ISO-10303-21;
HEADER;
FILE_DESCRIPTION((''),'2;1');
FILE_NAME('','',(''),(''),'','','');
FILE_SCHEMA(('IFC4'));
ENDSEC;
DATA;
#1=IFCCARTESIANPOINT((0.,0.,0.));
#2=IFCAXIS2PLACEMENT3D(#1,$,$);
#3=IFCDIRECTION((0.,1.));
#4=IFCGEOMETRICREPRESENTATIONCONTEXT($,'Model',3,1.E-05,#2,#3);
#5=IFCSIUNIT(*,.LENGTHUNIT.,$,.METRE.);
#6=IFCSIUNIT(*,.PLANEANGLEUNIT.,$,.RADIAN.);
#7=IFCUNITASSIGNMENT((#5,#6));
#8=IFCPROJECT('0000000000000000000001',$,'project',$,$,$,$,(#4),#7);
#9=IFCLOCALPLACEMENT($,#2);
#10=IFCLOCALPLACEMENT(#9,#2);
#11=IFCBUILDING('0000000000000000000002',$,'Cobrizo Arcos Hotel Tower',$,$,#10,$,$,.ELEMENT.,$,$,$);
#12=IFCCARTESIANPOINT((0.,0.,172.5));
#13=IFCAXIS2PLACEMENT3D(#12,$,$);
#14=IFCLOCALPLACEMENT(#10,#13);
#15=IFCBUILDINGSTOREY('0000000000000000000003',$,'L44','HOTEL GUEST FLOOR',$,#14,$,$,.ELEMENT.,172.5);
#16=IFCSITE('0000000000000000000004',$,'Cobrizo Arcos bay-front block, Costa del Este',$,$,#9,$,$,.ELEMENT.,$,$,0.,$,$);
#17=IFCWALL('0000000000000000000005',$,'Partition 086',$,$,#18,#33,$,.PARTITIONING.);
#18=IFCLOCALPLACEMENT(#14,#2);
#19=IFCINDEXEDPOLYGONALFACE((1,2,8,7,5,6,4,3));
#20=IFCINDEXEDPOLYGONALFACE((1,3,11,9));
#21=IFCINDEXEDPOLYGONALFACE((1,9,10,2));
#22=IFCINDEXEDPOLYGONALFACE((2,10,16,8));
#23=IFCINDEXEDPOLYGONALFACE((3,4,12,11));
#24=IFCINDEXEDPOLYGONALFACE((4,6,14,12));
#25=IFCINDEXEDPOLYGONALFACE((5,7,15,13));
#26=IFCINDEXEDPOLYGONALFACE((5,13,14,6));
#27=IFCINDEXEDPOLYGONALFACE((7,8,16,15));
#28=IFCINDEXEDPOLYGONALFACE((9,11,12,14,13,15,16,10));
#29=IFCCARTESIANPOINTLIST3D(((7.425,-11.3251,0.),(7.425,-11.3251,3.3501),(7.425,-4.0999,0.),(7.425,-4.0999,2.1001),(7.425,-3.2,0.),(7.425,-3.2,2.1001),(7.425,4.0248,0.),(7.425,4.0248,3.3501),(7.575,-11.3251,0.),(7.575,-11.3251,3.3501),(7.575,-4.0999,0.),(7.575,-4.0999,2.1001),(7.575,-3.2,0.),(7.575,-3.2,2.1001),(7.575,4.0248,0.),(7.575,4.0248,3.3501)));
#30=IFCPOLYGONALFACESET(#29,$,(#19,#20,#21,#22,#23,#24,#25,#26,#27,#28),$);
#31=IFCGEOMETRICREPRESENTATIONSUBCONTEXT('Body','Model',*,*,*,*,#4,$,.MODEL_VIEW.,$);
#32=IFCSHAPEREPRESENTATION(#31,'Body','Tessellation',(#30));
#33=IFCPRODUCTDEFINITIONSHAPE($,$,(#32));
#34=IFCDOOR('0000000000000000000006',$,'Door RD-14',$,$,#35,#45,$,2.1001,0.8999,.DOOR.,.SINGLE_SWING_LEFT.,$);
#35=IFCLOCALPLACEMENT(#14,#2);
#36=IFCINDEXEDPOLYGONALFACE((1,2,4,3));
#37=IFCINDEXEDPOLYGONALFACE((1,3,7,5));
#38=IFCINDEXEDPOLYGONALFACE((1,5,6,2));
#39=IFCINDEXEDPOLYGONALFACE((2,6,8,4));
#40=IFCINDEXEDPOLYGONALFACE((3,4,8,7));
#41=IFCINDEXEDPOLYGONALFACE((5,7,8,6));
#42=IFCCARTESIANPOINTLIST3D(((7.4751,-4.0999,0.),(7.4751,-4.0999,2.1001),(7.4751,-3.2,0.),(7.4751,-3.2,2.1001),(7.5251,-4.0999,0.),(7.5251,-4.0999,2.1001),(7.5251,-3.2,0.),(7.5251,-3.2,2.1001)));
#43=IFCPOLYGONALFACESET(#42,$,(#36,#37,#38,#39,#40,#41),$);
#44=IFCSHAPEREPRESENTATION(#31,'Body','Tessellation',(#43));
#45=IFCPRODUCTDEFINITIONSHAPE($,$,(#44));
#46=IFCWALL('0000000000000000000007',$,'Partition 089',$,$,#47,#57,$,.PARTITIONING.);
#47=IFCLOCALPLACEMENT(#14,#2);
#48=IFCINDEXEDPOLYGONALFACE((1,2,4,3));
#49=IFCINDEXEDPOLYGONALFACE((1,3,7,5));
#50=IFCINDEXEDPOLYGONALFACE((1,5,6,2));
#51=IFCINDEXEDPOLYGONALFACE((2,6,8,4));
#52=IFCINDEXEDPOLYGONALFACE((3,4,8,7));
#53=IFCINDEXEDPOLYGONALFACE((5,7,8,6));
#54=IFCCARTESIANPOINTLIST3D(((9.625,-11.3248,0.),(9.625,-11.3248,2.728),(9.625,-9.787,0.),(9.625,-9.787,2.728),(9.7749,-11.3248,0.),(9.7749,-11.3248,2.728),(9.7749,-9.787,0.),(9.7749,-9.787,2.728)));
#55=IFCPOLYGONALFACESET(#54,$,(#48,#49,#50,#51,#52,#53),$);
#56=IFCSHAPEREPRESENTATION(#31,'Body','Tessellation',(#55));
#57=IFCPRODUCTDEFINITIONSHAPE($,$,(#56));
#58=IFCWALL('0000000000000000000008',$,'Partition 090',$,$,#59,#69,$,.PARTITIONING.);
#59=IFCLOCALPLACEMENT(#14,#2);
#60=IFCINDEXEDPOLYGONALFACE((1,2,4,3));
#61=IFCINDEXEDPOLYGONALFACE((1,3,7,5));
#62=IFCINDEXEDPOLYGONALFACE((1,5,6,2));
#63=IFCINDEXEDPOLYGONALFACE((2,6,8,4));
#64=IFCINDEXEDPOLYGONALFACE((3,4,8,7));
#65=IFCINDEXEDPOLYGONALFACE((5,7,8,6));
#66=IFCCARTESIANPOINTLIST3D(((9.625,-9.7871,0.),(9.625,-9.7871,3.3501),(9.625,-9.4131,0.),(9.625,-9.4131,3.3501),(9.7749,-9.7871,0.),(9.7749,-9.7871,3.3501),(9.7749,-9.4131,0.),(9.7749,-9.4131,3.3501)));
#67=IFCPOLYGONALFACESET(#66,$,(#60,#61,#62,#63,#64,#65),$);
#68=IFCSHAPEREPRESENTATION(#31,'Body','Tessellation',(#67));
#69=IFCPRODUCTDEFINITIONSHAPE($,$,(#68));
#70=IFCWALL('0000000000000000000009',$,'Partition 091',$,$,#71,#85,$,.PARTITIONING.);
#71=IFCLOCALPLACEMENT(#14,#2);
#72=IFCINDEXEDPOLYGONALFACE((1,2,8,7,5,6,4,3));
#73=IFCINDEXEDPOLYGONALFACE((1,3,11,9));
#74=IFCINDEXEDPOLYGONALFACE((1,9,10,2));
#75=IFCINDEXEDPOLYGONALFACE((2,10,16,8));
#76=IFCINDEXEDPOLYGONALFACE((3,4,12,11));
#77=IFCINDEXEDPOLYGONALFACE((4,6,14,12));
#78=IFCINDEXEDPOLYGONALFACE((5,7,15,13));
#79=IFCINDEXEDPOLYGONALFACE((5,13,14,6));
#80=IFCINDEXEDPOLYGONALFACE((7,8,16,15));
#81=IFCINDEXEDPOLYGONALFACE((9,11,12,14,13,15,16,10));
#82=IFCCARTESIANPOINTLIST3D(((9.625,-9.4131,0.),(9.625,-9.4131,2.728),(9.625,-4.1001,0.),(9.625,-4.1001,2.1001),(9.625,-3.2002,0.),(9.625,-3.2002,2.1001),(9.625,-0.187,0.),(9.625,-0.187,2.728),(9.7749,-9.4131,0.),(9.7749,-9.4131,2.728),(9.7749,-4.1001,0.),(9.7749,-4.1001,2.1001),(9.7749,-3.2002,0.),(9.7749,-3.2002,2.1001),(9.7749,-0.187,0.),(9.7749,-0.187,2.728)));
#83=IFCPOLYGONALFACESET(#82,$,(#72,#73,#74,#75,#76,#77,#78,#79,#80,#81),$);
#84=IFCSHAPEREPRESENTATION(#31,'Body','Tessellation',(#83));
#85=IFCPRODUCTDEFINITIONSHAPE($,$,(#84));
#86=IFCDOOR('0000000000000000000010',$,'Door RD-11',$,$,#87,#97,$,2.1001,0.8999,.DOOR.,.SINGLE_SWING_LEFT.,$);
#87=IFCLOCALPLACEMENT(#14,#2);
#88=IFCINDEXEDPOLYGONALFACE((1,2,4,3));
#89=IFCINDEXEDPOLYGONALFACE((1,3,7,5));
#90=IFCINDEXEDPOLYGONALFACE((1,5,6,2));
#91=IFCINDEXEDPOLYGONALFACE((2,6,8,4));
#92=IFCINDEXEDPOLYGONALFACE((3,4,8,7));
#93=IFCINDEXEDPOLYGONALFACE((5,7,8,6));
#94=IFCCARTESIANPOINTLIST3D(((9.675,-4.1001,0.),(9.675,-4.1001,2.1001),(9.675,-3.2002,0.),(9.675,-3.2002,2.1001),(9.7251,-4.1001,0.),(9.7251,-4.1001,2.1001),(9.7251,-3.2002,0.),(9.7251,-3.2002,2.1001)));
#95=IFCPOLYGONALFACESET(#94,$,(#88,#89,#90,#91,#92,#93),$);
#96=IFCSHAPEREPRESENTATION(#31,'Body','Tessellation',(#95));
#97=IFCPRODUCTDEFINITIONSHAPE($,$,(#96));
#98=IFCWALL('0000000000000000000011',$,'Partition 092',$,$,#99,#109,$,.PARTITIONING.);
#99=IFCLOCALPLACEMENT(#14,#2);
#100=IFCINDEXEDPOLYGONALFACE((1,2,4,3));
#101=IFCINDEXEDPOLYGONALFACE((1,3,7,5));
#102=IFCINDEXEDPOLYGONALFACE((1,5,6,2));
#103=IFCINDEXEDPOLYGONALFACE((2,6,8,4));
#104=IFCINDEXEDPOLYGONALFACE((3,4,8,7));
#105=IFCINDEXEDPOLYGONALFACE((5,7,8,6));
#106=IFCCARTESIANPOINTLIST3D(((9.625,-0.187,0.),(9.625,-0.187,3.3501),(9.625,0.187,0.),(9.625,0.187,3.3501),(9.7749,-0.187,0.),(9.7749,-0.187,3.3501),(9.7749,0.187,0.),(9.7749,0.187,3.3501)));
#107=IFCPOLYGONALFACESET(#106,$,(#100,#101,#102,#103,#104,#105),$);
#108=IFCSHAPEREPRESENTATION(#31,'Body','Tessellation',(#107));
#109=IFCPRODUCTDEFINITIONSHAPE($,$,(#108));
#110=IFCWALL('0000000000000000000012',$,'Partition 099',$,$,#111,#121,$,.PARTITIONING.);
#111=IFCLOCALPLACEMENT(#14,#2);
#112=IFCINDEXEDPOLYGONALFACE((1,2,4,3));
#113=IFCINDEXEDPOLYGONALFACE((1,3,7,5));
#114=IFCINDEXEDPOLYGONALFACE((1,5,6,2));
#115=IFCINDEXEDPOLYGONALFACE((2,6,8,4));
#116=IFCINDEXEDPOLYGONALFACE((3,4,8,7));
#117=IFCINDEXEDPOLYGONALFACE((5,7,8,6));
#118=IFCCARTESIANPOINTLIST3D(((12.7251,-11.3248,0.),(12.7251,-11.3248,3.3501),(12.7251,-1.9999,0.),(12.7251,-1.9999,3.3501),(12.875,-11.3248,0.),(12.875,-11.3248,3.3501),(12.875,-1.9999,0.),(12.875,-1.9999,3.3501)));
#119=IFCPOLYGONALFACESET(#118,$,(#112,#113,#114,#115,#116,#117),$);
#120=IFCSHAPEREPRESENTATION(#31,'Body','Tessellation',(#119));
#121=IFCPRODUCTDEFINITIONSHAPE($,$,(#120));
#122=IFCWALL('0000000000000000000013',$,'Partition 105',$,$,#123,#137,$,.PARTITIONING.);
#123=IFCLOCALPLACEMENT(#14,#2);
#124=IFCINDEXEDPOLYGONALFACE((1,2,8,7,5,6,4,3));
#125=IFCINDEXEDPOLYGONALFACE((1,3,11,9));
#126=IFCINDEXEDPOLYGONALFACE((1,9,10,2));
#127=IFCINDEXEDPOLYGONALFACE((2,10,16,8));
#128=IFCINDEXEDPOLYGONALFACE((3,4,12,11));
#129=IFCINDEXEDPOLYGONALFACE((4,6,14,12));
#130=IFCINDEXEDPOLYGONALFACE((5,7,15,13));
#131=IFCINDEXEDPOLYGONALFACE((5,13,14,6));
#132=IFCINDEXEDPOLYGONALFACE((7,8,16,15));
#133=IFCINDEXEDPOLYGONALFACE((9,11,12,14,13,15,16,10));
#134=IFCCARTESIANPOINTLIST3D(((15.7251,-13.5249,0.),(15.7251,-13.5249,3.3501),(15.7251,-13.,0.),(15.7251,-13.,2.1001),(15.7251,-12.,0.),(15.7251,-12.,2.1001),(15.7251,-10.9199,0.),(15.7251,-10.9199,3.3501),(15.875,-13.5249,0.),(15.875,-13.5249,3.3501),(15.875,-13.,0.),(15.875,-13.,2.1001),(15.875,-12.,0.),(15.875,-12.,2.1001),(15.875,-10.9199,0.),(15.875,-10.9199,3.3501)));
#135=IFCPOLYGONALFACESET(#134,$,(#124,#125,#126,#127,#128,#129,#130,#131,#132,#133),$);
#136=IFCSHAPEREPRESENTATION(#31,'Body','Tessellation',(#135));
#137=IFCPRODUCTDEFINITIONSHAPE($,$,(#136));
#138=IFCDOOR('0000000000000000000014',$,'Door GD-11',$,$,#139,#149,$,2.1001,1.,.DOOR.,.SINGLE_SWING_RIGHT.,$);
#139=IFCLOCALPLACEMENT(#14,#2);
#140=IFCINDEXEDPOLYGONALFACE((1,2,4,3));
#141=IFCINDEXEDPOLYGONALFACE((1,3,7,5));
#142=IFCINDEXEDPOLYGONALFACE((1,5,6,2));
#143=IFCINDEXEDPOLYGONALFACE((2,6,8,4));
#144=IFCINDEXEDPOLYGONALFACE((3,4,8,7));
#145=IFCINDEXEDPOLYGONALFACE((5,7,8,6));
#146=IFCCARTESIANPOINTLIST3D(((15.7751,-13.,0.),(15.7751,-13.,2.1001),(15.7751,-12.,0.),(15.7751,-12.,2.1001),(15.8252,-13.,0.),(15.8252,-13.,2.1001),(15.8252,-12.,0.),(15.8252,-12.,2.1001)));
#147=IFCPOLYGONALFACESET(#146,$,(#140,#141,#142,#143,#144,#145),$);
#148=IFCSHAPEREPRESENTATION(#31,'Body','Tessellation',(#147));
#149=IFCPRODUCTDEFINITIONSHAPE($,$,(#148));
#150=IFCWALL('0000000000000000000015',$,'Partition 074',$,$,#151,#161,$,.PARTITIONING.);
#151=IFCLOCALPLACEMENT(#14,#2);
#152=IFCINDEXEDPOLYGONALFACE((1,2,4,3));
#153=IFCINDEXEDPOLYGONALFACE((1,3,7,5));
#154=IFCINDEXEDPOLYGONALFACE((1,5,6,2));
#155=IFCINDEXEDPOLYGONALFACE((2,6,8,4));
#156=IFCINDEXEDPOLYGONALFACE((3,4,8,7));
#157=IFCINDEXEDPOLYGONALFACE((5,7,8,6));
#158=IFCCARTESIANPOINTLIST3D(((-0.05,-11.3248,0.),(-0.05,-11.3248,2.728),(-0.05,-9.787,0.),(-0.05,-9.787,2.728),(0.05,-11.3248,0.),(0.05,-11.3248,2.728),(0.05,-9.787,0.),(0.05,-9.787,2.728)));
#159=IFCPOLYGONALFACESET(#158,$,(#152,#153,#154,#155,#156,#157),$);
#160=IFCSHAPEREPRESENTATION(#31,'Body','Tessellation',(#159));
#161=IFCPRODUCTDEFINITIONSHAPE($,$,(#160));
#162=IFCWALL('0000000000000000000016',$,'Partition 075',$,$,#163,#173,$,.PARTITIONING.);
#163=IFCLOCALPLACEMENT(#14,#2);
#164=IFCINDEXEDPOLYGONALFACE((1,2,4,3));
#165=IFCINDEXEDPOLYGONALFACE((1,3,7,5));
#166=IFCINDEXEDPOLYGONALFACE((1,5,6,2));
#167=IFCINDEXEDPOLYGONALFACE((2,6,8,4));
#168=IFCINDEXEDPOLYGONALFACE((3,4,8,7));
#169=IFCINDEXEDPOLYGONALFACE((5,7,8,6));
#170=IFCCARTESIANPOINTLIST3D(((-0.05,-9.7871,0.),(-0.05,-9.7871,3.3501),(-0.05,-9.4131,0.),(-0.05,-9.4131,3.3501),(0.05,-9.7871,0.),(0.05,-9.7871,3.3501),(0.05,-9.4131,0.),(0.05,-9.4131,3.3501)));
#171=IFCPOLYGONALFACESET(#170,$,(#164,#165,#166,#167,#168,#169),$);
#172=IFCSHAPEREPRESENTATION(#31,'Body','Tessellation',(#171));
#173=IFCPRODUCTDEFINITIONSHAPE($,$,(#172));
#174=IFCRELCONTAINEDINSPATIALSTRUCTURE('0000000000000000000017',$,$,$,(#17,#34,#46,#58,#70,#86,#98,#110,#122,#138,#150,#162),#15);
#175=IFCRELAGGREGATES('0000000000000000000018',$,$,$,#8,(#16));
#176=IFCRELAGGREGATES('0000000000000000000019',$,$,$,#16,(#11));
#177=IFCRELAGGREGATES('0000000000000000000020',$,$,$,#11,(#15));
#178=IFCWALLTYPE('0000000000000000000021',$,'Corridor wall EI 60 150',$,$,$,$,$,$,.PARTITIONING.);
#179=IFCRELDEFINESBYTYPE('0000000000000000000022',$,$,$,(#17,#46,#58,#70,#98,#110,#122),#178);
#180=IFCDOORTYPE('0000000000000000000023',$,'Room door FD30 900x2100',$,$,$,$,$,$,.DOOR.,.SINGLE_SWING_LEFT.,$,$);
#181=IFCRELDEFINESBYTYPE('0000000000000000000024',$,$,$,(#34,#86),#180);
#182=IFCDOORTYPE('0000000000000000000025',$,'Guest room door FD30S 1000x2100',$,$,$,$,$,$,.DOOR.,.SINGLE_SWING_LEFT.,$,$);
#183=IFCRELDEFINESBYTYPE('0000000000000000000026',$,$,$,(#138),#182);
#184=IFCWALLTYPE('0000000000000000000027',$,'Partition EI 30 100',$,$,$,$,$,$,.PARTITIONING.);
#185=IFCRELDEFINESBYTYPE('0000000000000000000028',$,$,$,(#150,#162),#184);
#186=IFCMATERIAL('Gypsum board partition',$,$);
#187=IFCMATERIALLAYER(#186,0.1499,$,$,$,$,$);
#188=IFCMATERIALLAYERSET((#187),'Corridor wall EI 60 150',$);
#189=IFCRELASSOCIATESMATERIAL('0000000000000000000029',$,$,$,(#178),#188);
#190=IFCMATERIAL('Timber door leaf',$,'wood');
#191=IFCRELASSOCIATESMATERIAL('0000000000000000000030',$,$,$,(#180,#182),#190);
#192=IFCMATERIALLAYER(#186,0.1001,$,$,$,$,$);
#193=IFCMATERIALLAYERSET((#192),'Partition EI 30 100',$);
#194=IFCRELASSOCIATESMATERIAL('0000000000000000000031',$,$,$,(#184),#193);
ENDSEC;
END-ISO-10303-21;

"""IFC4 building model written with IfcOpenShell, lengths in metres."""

from ifc_helpers import new_model, si_unit, direction, frame, frame_2d, origin, place, context, subcontext, project, spatial, rectangle, extrude, material, layer, layer_set, type_object, element, fill, save


model = new_model("IFC4")

# Units and contexts
model_context = context("Model", 3, precision=1e-05, world=origin(), true_north=direction((0.0, 1.0)))
body_context = subcontext(model_context, "Body", "Model", "MODEL_VIEW")
ifc_project = project(units=[si_unit("LENGTHUNIT", "METRE"), si_unit("PLANEANGLEUNIT", "RADIAN")], contexts=[model_context])

# Site, building, storey
site_placement = place(None, origin())
site = spatial("IfcSite", under=ifc_project, at=site_placement, Name="Cobrizo Arcos bay-front block, Costa del Este", CompositionType="ELEMENT", RefElevation=0.0)
building_placement = place(site_placement, origin())
building = spatial("IfcBuilding", under=site, at=building_placement, Name="Cobrizo Arcos Hotel Tower", CompositionType="ELEMENT")
storey_placement = place(building_placement, frame((0.0, 0.0, 172.5)))
storey = spatial("IfcBuildingStorey", under=building, at=storey_placement, Name="L44", Description="HOTEL GUEST FLOOR", CompositionType="ELEMENT", Elevation=172.5)

# Shared definitions
ifc_material_1 = material(Name="Gypsum board partition")
ifc_layer_1 = layer(ifc_material_1, 0.1499)
ifc_layer_set_1 = layer_set([ifc_layer_1], Name="Corridor wall EI 60 150")
wall_type_1 = type_object("IfcWallType", Name="Corridor wall EI 60 150", PredefinedType="PARTITIONING", material=ifc_layer_set_1)

# Wall, opening, door
wall_1_placement = place(storey_placement, frame((7.5, -11.325, 0.0), z_axis=(0.0, 0.0, 1.0), x_axis=(0.0, 1.0, 0.0)))
wall_1 = element("IfcWall", 1, at=wall_1_placement, inside=storey, type_object=wall_type_1, Name="Partition 086", PredefinedType="PARTITIONING", context=body_context, shape_type="SweptSolid", body=[
    extrude(rectangle(XDim=15.3499, YDim=0.1499, at=frame_2d((7.6748, 0.0))), origin(), (0.0, 0.0, 1.0), 3.3501),
])
opening_1_placement = place(wall_1_placement, frame((7.2251, 0.0, 0.0)))
opening_1 = element("IfcOpeningElement", 2, at=opening_1_placement, cuts=wall_1, PredefinedType="OPENING", context=body_context, shape_type="SweptSolid", body=[
    extrude(rectangle(XDim=0.8999, YDim=2.1001, at=frame_2d((0.45, 1.05))), frame((0.0, 0.0869, 0.0), z_axis=(0.0, -1.0, 0.0), x_axis=(1.0, 0.0, 0.0)), (0.0, 0.0, 1.0), 0.1738),
])
ifc_material_2 = material(Name="Timber door leaf", Category="wood")
door_type_1 = type_object("IfcDoorType", Name="Room door FD30 900x2100", OperationType="SINGLE_SWING_LEFT", PredefinedType="DOOR", material=ifc_material_2)
door_1_placement = place(opening_1_placement, origin())
door_1 = element("IfcDoor", 3, at=door_1_placement, inside=storey, type_object=door_type_1, Name="Door RD-14", OperationType="SINGLE_SWING_LEFT", OverallHeight=2.1001, OverallWidth=0.8999, PredefinedType="DOOR", context=body_context, shape_type="SweptSolid", body=[
    extrude(rectangle(XDim=0.8999, YDim=2.1001, at=frame_2d((0.45, 1.05))), frame((0.0, 0.0249, 0.0), z_axis=(0.0, -1.0, 0.0), x_axis=(1.0, 0.0, 0.0)), (0.0, 0.0, 1.0), 0.05),
])
fill(opening_1, door_1)

# Walls
wall_2_placement = place(storey_placement, frame((9.7, -11.325, 0.0), z_axis=(0.0, 0.0, 1.0), x_axis=(0.0, 1.0, 0.0)))
element("IfcWall", 4, at=wall_2_placement, inside=storey, type_object=wall_type_1, Name="Partition 089", PredefinedType="PARTITIONING", context=body_context, shape_type="SweptSolid", body=[
    extrude(rectangle(XDim=1.5378, YDim=0.1499, at=frame_2d((0.769, 0.0))), origin(), (0.0, 0.0, 1.0), 2.728),
])
wall_3_placement = place(storey_placement, frame((9.7, -9.7871, 0.0), z_axis=(0.0, 0.0, 1.0), x_axis=(0.0, 1.0, 0.0)))
element("IfcWall", 5, at=wall_3_placement, inside=storey, type_object=wall_type_1, Name="Partition 090", PredefinedType="PARTITIONING", context=body_context, shape_type="SweptSolid", body=[
    extrude(rectangle(XDim=0.374, YDim=0.1499, at=frame_2d((0.187, 0.0))), origin(), (0.0, 0.0, 1.0), 3.3501),
])

# Wall, opening, door
wall_4_placement = place(storey_placement, frame((9.7, -9.4131, 0.0), z_axis=(0.0, 0.0, 1.0), x_axis=(0.0, 1.0, 0.0)))
wall_4 = element("IfcWall", 6, at=wall_4_placement, inside=storey, type_object=wall_type_1, Name="Partition 091", PredefinedType="PARTITIONING", context=body_context, shape_type="SweptSolid", body=[
    extrude(rectangle(XDim=9.2261, YDim=0.1499, at=frame_2d((4.613, 0.0))), origin(), (0.0, 0.0, 1.0), 2.728),
])
opening_2_placement = place(wall_4_placement, frame((5.313, 0.0, 0.0)))
opening_2 = element("IfcOpeningElement", 7, at=opening_2_placement, cuts=wall_4, PredefinedType="OPENING", context=body_context, shape_type="SweptSolid", body=[
    extrude(rectangle(XDim=0.8999, YDim=2.1001, at=frame_2d((0.45, 1.05))), frame((0.0, 0.0869, 0.0), z_axis=(0.0, -1.0, 0.0), x_axis=(1.0, 0.0, 0.0)), (0.0, 0.0, 1.0), 0.1738),
])
door_2_placement = place(opening_2_placement, origin())
door_2 = element("IfcDoor", 8, at=door_2_placement, inside=storey, type_object=door_type_1, Name="Door RD-11", OperationType="SINGLE_SWING_LEFT", OverallHeight=2.1001, OverallWidth=0.8999, PredefinedType="DOOR", context=body_context, shape_type="SweptSolid", body=[
    extrude(rectangle(XDim=0.8999, YDim=2.1001, at=frame_2d((0.45, 1.05))), frame((0.0, 0.0249, 0.0), z_axis=(0.0, -1.0, 0.0), x_axis=(1.0, 0.0, 0.0)), (0.0, 0.0, 1.0), 0.05),
])
fill(opening_2, door_2)

# Walls
wall_5_placement = place(storey_placement, frame((9.7, -0.187, 0.0), z_axis=(0.0, 0.0, 1.0), x_axis=(0.0, 1.0, 0.0)))
element("IfcWall", 9, at=wall_5_placement, inside=storey, type_object=wall_type_1, Name="Partition 092", PredefinedType="PARTITIONING", context=body_context, shape_type="SweptSolid", body=[
    extrude(rectangle(XDim=0.374, YDim=0.1499, at=frame_2d((0.187, 0.0))), origin(), (0.0, 0.0, 1.0), 3.3501),
])
wall_6_placement = place(storey_placement, frame((12.8, -11.325, 0.0), z_axis=(0.0, 0.0, 1.0), x_axis=(0.0, 1.0, 0.0)))
element("IfcWall", 10, at=wall_6_placement, inside=storey, type_object=wall_type_1, Name="Partition 099", PredefinedType="PARTITIONING", context=body_context, shape_type="SweptSolid", body=[
    extrude(rectangle(XDim=9.325, YDim=0.1499, at=frame_2d((4.6626, 0.0))), origin(), (0.0, 0.0, 1.0), 3.3501),
])

# Wall, opening, door
wall_7_placement = place(storey_placement, frame((15.8, -13.5249, 0.0), z_axis=(0.0, 0.0, 1.0), x_axis=(0.0, 1.0, 0.0)))
wall_7 = element("IfcWall", 11, at=wall_7_placement, inside=storey, type_object=wall_type_1, Name="Partition 105", PredefinedType="PARTITIONING", context=body_context, shape_type="SweptSolid", body=[
    extrude(rectangle(XDim=2.605, YDim=0.1499, at=frame_2d((1.3025, 0.0))), origin(), (0.0, 0.0, 1.0), 3.3501),
])
opening_3_placement = place(wall_7_placement, frame((0.5249, 0.0, 0.0)))
opening_3 = element("IfcOpeningElement", 12, at=opening_3_placement, cuts=wall_7, PredefinedType="OPENING", context=body_context, shape_type="SweptSolid", body=[
    extrude(rectangle(XDim=1.0, YDim=2.1001, at=frame_2d((0.5, 1.05))), frame((0.0, 0.0869, 0.0), z_axis=(0.0, -1.0, 0.0), x_axis=(1.0, 0.0, 0.0)), (0.0, 0.0, 1.0), 0.1738),
])
door_type_2 = type_object("IfcDoorType", Name="Guest room door FD30S 1000x2100", OperationType="SINGLE_SWING_LEFT", PredefinedType="DOOR", material=ifc_material_2)
door_3_placement = place(opening_3_placement, origin())
door_3 = element("IfcDoor", 13, at=door_3_placement, inside=storey, type_object=door_type_2, Name="Door GD-11", OperationType="SINGLE_SWING_RIGHT", OverallHeight=2.1001, OverallWidth=1.0, PredefinedType="DOOR", context=body_context, shape_type="SweptSolid", body=[
    extrude(rectangle(XDim=1.0, YDim=2.1001, at=frame_2d((0.5, 1.05))), frame((0.0, 0.0249, 0.0), z_axis=(0.0, -1.0, 0.0), x_axis=(1.0, 0.0, 0.0)), (0.0, 0.0, 1.0), 0.05),
])
fill(opening_3, door_3)

# Walls
ifc_layer_2 = layer(ifc_material_1, 0.1001)
ifc_layer_set_2 = layer_set([ifc_layer_2], Name="Partition EI 30 100")
wall_type_2 = type_object("IfcWallType", Name="Partition EI 30 100", PredefinedType="PARTITIONING", material=ifc_layer_set_2)
wall_8_placement = place(storey_placement, frame((0.0, -11.325, 0.0), z_axis=(0.0, 0.0, 1.0), x_axis=(0.0, 1.0, 0.0)))
element("IfcWall", 14, at=wall_8_placement, inside=storey, type_object=wall_type_2, Name="Partition 074", PredefinedType="PARTITIONING", context=body_context, shape_type="SweptSolid", body=[
    extrude(rectangle(XDim=1.5378, YDim=0.1001, at=frame_2d((0.769, 0.0))), origin(), (0.0, 0.0, 1.0), 2.728),
])
wall_9_placement = place(storey_placement, frame((0.0, -9.7871, 0.0), z_axis=(0.0, 0.0, 1.0), x_axis=(0.0, 1.0, 0.0)))
element("IfcWall", 15, at=wall_9_placement, inside=storey, type_object=wall_type_2, Name="Partition 075", PredefinedType="PARTITIONING", context=body_context, shape_type="SweptSolid", body=[
    extrude(rectangle(XDim=0.374, YDim=0.1001, at=frame_2d((0.187, 0.0))), origin(), (0.0, 0.0, 1.0), 3.3501),
])

save(model, "model.ifc")
